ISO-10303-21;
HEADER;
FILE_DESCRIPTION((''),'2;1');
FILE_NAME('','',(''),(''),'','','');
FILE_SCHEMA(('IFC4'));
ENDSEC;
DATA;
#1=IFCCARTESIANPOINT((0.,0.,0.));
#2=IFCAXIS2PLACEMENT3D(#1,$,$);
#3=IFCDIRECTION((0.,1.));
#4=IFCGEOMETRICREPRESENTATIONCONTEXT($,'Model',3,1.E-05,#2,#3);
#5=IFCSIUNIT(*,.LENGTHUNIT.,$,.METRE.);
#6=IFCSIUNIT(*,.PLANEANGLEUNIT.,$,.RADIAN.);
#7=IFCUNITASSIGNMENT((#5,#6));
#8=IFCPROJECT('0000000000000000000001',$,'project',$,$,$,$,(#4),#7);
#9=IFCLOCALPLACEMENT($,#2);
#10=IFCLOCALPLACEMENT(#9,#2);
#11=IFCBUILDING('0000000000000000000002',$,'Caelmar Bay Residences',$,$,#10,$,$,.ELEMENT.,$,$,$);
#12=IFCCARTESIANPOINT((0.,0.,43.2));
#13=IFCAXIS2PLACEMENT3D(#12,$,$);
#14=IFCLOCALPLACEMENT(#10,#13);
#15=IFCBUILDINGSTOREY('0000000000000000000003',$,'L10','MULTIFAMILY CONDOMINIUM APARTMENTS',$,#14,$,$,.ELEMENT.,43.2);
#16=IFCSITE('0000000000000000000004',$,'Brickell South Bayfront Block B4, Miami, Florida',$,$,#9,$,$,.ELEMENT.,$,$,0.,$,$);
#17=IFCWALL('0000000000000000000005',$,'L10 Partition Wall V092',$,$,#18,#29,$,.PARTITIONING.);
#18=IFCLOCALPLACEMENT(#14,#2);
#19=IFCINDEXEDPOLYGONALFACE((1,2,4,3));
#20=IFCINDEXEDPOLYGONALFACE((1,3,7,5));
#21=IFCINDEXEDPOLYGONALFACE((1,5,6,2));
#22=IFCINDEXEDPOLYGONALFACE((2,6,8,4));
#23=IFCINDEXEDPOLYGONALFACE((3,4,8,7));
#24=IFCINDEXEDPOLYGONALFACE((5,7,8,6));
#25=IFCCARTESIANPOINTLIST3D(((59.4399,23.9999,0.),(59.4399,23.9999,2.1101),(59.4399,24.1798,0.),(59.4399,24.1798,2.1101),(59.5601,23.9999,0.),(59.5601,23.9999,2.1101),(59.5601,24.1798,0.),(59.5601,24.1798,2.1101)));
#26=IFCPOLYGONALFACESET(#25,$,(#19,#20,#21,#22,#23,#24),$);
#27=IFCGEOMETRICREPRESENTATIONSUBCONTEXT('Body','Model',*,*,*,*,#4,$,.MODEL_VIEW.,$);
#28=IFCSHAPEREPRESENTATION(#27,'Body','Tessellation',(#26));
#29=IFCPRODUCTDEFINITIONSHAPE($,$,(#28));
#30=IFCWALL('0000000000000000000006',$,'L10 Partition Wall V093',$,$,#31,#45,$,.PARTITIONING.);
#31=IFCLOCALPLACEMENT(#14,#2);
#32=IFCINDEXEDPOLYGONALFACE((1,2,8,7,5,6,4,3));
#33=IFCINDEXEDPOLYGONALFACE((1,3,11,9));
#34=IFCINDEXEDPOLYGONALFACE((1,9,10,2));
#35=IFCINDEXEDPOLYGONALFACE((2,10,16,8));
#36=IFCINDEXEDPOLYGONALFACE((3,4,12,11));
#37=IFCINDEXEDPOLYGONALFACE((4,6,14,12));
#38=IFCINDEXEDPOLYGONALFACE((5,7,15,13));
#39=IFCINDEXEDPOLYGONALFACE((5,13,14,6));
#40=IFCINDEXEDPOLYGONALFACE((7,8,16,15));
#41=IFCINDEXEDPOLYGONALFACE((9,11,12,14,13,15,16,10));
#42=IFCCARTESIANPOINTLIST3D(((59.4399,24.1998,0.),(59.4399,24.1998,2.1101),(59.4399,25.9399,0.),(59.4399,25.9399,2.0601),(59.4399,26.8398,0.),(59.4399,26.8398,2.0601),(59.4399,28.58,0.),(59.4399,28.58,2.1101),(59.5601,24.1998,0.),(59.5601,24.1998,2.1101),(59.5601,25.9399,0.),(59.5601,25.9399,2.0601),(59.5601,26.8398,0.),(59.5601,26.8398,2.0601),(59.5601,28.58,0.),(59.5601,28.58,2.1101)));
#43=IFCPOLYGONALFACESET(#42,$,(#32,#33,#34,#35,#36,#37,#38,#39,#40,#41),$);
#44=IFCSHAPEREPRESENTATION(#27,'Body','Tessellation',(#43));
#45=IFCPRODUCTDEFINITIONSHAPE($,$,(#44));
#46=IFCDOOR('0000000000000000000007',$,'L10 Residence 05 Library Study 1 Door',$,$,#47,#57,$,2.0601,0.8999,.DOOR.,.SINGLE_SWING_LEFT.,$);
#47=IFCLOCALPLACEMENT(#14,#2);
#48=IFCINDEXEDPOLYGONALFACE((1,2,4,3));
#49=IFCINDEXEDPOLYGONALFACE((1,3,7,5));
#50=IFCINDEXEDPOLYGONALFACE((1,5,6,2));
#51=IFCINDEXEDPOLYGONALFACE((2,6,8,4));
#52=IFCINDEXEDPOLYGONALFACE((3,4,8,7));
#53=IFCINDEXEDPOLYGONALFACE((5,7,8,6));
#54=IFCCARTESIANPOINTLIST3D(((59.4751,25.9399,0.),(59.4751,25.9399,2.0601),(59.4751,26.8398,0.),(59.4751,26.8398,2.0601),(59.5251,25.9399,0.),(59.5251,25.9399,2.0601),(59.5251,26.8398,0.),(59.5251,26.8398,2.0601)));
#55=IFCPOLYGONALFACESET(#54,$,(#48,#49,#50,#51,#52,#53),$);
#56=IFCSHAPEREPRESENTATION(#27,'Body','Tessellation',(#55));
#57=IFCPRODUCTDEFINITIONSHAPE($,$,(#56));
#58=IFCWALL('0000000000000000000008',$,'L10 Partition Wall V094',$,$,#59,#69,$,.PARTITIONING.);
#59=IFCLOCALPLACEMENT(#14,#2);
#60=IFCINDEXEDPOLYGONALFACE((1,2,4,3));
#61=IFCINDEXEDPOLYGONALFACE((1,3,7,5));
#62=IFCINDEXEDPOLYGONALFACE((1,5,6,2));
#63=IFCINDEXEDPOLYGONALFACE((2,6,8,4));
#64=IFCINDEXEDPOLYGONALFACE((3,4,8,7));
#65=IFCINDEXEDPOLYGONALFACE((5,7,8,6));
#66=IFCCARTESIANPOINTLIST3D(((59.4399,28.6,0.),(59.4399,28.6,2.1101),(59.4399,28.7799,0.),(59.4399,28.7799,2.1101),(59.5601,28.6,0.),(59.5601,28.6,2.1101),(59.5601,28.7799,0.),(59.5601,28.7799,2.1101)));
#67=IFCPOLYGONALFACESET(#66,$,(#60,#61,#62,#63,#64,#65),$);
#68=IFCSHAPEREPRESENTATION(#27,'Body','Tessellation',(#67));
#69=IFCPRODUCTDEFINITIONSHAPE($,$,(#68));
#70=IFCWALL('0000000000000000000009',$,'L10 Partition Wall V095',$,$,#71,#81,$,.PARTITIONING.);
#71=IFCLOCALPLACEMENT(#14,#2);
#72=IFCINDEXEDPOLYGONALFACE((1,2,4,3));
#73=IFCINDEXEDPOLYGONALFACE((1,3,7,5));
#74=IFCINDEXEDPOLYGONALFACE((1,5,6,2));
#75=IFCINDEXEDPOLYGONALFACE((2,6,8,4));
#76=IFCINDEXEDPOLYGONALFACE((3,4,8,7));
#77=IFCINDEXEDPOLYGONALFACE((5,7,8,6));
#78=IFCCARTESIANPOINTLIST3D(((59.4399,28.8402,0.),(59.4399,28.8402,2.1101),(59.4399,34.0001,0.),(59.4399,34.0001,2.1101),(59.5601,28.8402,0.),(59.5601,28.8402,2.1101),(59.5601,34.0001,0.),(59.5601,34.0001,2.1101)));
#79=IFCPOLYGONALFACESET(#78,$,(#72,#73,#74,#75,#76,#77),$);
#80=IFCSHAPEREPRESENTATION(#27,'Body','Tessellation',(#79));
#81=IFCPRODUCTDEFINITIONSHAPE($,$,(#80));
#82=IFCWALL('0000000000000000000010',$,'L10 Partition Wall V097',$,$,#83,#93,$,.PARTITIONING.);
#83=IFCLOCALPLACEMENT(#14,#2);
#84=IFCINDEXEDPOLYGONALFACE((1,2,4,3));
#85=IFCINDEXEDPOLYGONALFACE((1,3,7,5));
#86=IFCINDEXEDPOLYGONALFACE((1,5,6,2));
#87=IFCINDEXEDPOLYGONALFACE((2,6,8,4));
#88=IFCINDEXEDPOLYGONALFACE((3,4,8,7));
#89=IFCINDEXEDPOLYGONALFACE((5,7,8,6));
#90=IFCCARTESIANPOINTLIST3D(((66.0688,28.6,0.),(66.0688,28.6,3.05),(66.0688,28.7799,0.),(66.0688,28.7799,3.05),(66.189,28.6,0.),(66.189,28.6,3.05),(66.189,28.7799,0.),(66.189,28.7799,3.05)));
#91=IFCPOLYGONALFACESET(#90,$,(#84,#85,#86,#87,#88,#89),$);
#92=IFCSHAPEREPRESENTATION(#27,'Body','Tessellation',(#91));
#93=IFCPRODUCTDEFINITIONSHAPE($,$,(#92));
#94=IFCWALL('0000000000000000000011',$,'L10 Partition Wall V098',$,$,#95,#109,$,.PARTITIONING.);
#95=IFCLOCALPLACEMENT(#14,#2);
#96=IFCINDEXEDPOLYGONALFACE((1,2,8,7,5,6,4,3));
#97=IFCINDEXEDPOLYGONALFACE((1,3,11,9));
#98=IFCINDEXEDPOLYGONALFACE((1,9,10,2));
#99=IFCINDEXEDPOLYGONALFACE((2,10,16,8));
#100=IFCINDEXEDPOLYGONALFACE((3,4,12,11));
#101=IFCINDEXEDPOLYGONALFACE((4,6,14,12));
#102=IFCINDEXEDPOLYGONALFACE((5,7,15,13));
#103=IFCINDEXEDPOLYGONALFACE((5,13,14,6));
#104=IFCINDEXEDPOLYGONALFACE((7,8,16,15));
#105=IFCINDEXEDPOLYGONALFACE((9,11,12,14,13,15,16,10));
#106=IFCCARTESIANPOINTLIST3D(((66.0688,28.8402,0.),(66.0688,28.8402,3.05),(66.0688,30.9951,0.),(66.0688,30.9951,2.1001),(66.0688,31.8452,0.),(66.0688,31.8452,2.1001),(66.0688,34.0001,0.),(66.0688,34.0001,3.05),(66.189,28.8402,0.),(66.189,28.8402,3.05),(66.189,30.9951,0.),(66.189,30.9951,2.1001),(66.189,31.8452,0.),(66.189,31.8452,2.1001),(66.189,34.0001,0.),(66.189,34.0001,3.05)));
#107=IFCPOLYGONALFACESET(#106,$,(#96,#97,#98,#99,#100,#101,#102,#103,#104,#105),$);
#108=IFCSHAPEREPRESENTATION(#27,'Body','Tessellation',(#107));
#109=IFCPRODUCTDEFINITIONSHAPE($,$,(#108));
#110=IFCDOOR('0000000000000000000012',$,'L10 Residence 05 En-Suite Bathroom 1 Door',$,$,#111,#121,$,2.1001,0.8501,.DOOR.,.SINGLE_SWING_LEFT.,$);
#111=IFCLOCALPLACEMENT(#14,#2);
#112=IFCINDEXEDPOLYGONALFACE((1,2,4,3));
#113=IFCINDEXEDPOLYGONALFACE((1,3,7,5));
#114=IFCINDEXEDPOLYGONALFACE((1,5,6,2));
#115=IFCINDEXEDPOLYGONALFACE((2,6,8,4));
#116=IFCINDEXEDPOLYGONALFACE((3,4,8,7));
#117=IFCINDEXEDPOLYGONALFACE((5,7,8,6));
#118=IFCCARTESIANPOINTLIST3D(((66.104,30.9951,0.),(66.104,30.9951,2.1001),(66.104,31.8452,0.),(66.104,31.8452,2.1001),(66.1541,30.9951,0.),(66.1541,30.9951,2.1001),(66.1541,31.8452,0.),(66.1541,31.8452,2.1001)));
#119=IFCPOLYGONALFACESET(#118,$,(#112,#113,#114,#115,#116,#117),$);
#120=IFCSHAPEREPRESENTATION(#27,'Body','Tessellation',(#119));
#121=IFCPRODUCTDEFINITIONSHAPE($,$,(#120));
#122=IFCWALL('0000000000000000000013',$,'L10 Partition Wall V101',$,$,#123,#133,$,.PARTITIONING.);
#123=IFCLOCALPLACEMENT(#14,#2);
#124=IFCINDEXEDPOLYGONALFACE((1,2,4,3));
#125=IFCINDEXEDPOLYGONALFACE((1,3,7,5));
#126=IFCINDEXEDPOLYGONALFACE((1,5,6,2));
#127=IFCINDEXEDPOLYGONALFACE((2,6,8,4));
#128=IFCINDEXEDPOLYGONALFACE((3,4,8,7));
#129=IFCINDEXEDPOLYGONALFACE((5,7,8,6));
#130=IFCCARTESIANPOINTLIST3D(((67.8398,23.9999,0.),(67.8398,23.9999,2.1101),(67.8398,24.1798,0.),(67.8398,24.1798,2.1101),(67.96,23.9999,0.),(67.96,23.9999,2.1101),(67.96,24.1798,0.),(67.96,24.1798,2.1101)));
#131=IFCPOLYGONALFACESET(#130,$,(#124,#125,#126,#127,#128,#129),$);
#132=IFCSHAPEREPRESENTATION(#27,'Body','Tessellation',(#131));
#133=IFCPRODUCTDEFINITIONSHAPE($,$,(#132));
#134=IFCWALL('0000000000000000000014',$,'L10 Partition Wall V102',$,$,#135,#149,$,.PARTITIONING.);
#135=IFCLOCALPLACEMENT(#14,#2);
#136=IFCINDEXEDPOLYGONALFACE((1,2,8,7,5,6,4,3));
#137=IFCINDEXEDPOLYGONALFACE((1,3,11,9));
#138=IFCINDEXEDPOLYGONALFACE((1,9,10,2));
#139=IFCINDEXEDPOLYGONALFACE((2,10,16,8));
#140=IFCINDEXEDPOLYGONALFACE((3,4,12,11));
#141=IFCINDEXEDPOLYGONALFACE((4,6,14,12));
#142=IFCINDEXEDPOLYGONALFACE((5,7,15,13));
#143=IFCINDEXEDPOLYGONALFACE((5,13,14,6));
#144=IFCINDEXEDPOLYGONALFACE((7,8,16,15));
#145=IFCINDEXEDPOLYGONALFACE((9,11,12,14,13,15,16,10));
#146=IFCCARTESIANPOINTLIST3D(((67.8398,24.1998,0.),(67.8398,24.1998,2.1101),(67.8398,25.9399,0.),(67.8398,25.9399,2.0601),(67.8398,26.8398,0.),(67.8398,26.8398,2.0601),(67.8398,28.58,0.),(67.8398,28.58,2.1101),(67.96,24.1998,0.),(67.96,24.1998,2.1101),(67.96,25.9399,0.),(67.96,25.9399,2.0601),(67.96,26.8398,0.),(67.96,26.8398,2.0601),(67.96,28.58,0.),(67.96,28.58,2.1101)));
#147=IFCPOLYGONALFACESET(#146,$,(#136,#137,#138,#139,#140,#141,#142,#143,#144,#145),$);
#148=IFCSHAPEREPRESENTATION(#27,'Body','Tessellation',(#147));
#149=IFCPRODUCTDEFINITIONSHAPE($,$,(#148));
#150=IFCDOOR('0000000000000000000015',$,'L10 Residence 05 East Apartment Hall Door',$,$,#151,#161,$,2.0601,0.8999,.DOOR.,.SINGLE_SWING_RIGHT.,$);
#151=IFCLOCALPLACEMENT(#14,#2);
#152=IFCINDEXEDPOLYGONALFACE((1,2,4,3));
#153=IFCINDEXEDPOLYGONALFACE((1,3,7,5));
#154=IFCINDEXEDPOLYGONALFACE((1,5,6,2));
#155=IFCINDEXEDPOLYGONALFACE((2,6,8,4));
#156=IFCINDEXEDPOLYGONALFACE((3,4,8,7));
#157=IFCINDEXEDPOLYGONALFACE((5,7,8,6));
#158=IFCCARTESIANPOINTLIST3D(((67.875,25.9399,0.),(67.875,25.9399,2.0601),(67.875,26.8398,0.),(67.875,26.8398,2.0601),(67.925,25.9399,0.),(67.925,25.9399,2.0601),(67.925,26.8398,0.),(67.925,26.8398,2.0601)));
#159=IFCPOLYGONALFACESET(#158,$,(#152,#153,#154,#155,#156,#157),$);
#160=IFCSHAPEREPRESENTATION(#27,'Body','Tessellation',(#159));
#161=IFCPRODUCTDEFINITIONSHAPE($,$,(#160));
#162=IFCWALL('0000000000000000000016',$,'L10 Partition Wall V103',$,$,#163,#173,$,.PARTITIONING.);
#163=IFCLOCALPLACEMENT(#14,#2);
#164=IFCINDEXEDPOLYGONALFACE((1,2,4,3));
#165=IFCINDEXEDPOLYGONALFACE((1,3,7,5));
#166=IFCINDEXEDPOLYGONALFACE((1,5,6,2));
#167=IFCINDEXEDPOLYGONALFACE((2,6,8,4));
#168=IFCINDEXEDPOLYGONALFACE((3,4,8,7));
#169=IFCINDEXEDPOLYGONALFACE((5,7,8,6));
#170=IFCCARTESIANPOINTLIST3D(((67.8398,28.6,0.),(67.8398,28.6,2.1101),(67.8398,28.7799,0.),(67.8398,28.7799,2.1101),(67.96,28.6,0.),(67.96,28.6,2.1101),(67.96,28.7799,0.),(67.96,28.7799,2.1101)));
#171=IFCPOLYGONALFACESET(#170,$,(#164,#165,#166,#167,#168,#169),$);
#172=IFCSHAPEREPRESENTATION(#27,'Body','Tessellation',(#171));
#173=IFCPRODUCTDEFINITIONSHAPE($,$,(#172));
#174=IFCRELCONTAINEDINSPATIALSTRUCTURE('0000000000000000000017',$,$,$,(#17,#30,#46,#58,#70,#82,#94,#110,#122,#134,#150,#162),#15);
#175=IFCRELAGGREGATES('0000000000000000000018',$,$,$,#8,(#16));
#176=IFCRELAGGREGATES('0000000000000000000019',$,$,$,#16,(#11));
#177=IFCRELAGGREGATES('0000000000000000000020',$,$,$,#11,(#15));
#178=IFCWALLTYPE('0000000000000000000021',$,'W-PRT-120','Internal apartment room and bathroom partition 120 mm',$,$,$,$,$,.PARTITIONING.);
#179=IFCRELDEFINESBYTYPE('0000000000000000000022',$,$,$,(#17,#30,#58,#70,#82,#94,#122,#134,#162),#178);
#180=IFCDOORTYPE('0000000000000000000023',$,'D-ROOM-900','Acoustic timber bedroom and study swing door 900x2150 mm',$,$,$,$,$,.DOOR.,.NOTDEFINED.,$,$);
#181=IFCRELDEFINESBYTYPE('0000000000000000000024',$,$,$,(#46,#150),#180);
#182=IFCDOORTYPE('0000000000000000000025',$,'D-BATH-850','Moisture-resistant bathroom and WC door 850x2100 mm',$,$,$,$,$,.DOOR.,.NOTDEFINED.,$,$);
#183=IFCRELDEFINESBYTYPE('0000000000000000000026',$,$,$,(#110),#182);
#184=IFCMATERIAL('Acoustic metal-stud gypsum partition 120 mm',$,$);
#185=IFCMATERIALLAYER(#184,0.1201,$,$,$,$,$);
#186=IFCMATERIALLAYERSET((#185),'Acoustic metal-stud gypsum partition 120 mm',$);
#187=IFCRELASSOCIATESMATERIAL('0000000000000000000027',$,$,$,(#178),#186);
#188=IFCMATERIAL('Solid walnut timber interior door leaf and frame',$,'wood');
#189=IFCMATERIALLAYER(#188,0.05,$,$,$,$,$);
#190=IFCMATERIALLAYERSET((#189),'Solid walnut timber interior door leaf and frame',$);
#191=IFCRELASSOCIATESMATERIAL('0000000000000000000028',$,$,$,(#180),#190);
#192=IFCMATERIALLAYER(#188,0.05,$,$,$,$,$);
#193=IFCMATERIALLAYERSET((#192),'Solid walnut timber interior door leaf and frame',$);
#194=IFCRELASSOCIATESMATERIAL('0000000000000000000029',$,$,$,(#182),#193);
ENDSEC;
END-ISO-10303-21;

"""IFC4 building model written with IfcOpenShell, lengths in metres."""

from ifc_helpers import new_model, si_unit, direction, frame, frame_2d, origin, place, context, subcontext, project, spatial, rectangle, extrude, material, layer, layer_set, type_object, element, fill, save


model = new_model("IFC4")

# Units and contexts
model_context = context("Model", 3, precision=1e-05, world=origin(), true_north=direction((0.0, 1.0)))
body_context = subcontext(model_context, "Body", "Model", "MODEL_VIEW")
ifc_project = project(units=[si_unit("LENGTHUNIT", "METRE"), si_unit("PLANEANGLEUNIT", "RADIAN")], contexts=[model_context])

# Site, building, storey
site_placement = place(None, origin())
site = spatial("IfcSite", under=ifc_project, at=site_placement, Name="Brickell South Bayfront Block B4, Miami, Florida", CompositionType="ELEMENT", RefElevation=0.0)
building_placement = place(site_placement, origin())
building = spatial("IfcBuilding", under=site, at=building_placement, Name="Caelmar Bay Residences", CompositionType="ELEMENT")
storey_placement = place(building_placement, frame((0.0, 0.0, 43.2)))
storey = spatial("IfcBuildingStorey", under=building, at=storey_placement, Name="L10", Description="MULTIFAMILY CONDOMINIUM APARTMENTS", CompositionType="ELEMENT", Elevation=43.2)

# Wall
ifc_material_1 = material(Name="Acoustic metal-stud gypsum partition 120 mm")
ifc_layer_1 = layer(ifc_material_1, 0.1201)
ifc_layer_set_1 = layer_set([ifc_layer_1], Name="Acoustic metal-stud gypsum partition 120 mm")
wall_type = type_object("IfcWallType", Name="W-PRT-120", Description="Internal apartment room and bathroom partition 120 mm", PredefinedType="PARTITIONING", material=ifc_layer_set_1)
wall_1_placement = place(storey_placement, frame((59.5, 24.0, 0.0), z_axis=(0.0, 0.0, 1.0), x_axis=(0.0, 1.0, 0.0)))
element("IfcWall", 1, at=wall_1_placement, inside=storey, type_object=wall_type, Name="L10 Partition Wall V092", PredefinedType="PARTITIONING", context=body_context, shape_type="SweptSolid", body=[
    extrude(rectangle(XDim=0.1799, YDim=0.1201, at=frame_2d((0.0898, 0.0))), origin(), (0.0, 0.0, 1.0), 2.1101),
])

# Wall, opening, door
wall_2_placement = place(storey_placement, frame((59.5, 24.2, 0.0), z_axis=(0.0, 0.0, 1.0), x_axis=(0.0, 1.0, 0.0)))
wall_2 = element("IfcWall", 2, at=wall_2_placement, inside=storey, type_object=wall_type, Name="L10 Partition Wall V093", PredefinedType="PARTITIONING", context=body_context, shape_type="SweptSolid", body=[
    extrude(rectangle(XDim=4.3801, YDim=0.1201, at=frame_2d((2.1899, 0.0))), origin(), (0.0, 0.0, 1.0), 2.1101),
])
opening_1_placement = place(wall_2_placement, frame((1.74, 0.0, 0.0)))
opening_1 = element("IfcOpeningElement", 3, at=opening_1_placement, cuts=wall_2, PredefinedType="OPENING", context=body_context, shape_type="SweptSolid", body=[
    extrude(rectangle(XDim=0.8999, YDim=2.0601, at=frame_2d((0.45, 1.03))), frame((0.0, 0.0701, 0.0), z_axis=(0.0, -1.0, 0.0), x_axis=(1.0, 0.0, 0.0)), (0.0, 0.0, 1.0), 0.1401),
])
ifc_material_2 = material(Name="Solid walnut timber interior door leaf and frame", Category="wood")
ifc_layer_2 = layer(ifc_material_2, 0.05)
ifc_layer_set_2 = layer_set([ifc_layer_2], Name="Solid walnut timber interior door leaf and frame")
door_type_1 = type_object("IfcDoorType", Name="D-ROOM-900", Description="Acoustic timber bedroom and study swing door 900x2150 mm", OperationType="NOTDEFINED", PredefinedType="DOOR", material=ifc_layer_set_2)
door_1_placement = place(opening_1_placement, origin())
door_1 = element("IfcDoor", 4, at=door_1_placement, inside=storey, type_object=door_type_1, Name="L10 Residence 05 Library Study 1 Door", OperationType="SINGLE_SWING_LEFT", OverallHeight=2.0601, OverallWidth=0.8999, PredefinedType="DOOR", context=body_context, shape_type="SweptSolid", body=[
    extrude(rectangle(XDim=0.8999, YDim=2.0601, at=frame_2d((0.45, 1.03))), frame((0.0, 0.0249, 0.0), z_axis=(0.0, -1.0, 0.0), x_axis=(1.0, 0.0, 0.0)), (0.0, 0.0, 1.0), 0.05),
])
fill(opening_1, door_1)

# Walls
wall_3_placement = place(storey_placement, frame((59.5, 28.6001, 0.0), z_axis=(0.0, 0.0, 1.0), x_axis=(0.0, 1.0, 0.0)))
element("IfcWall", 5, at=wall_3_placement, inside=storey, type_object=wall_type, Name="L10 Partition Wall V094", PredefinedType="PARTITIONING", context=body_context, shape_type="SweptSolid", body=[
    extrude(rectangle(XDim=0.1799, YDim=0.1201, at=frame_2d((0.0898, 0.0))), origin(), (0.0, 0.0, 1.0), 2.1101),
])
wall_4_placement = place(storey_placement, frame((59.5, 28.8401, 0.0), z_axis=(0.0, 0.0, 1.0), x_axis=(0.0, 1.0, 0.0)))
element("IfcWall", 6, at=wall_4_placement, inside=storey, type_object=wall_type, Name="L10 Partition Wall V095", PredefinedType="PARTITIONING", context=body_context, shape_type="SweptSolid", body=[
    extrude(rectangle(XDim=5.1599, YDim=0.1201, at=frame_2d((2.5801, 0.0))), origin(), (0.0, 0.0, 1.0), 2.1101),
])
wall_5_placement = place(storey_placement, frame((66.1289, 28.6001, 0.0), z_axis=(0.0, 0.0, 1.0), x_axis=(0.0, 1.0, 0.0)))
element("IfcWall", 7, at=wall_5_placement, inside=storey, type_object=wall_type, Name="L10 Partition Wall V097", PredefinedType="PARTITIONING", context=body_context, shape_type="SweptSolid", body=[
    extrude(rectangle(XDim=0.1799, YDim=0.1201, at=frame_2d((0.0898, 0.0))), origin(), (0.0, 0.0, 1.0), 3.05),
])

# Wall, opening, door
wall_6_placement = place(storey_placement, frame((66.1289, 28.8401, 0.0), z_axis=(0.0, 0.0, 1.0), x_axis=(0.0, 1.0, 0.0)))
wall_6 = element("IfcWall", 8, at=wall_6_placement, inside=storey, type_object=wall_type, Name="L10 Partition Wall V098", PredefinedType="PARTITIONING", context=body_context, shape_type="SweptSolid", body=[
    extrude(rectangle(XDim=5.1599, YDim=0.1201, at=frame_2d((2.5801, 0.0))), origin(), (0.0, 0.0, 1.0), 3.05),
])
opening_2_placement = place(wall_6_placement, frame((2.155, 0.0, 0.0)))
opening_2 = element("IfcOpeningElement", 9, at=opening_2_placement, cuts=wall_6, PredefinedType="OPENING", context=body_context, shape_type="SweptSolid", body=[
    extrude(rectangle(XDim=0.8501, YDim=2.1001, at=frame_2d((0.425, 1.05))), frame((0.0, 0.0701, 0.0), z_axis=(0.0, -1.0, 0.0), x_axis=(1.0, 0.0, 0.0)), (0.0, 0.0, 1.0), 0.1401),
])
ifc_layer_3 = layer(ifc_material_2, 0.05)
ifc_layer_set_3 = layer_set([ifc_layer_3], Name="Solid walnut timber interior door leaf and frame")
door_type_2 = type_object("IfcDoorType", Name="D-BATH-850", Description="Moisture-resistant bathroom and WC door 850x2100 mm", OperationType="NOTDEFINED", PredefinedType="DOOR", material=ifc_layer_set_3)
door_2_placement = place(opening_2_placement, origin())
door_2 = element("IfcDoor", 10, at=door_2_placement, inside=storey, type_object=door_type_2, Name="L10 Residence 05 En-Suite Bathroom 1 Door", OperationType="SINGLE_SWING_LEFT", OverallHeight=2.1001, OverallWidth=0.8501, PredefinedType="DOOR", context=body_context, shape_type="SweptSolid", body=[
    extrude(rectangle(XDim=0.8501, YDim=2.1001, at=frame_2d((0.425, 1.05))), frame((0.0, 0.0249, 0.0), z_axis=(0.0, -1.0, 0.0), x_axis=(1.0, 0.0, 0.0)), (0.0, 0.0, 1.0), 0.05),
])
fill(opening_2, door_2)

# Wall
wall_7_placement = place(storey_placement, frame((67.8999, 24.0, 0.0), z_axis=(0.0, 0.0, 1.0), x_axis=(0.0, 1.0, 0.0)))
element("IfcWall", 11, at=wall_7_placement, inside=storey, type_object=wall_type, Name="L10 Partition Wall V101", PredefinedType="PARTITIONING", context=body_context, shape_type="SweptSolid", body=[
    extrude(rectangle(XDim=0.1799, YDim=0.1201, at=frame_2d((0.0898, 0.0))), origin(), (0.0, 0.0, 1.0), 2.1101),
])

# Wall, opening, door
wall_8_placement = place(storey_placement, frame((67.8999, 24.2, 0.0), z_axis=(0.0, 0.0, 1.0), x_axis=(0.0, 1.0, 0.0)))
wall_8 = element("IfcWall", 12, at=wall_8_placement, inside=storey, type_object=wall_type, Name="L10 Partition Wall V102", PredefinedType="PARTITIONING", context=body_context, shape_type="SweptSolid", body=[
    extrude(rectangle(XDim=4.3801, YDim=0.1201, at=frame_2d((2.1899, 0.0))), origin(), (0.0, 0.0, 1.0), 2.1101),
])
opening_3_placement = place(wall_8_placement, frame((1.74, 0.0, 0.0)))
opening_3 = element("IfcOpeningElement", 13, at=opening_3_placement, cuts=wall_8, PredefinedType="OPENING", context=body_context, shape_type="SweptSolid", body=[
    extrude(rectangle(XDim=0.8999, YDim=2.0601, at=frame_2d((0.45, 1.03))), frame((0.0, 0.0701, 0.0), z_axis=(0.0, -1.0, 0.0), x_axis=(1.0, 0.0, 0.0)), (0.0, 0.0, 1.0), 0.1401),
])
door_3_placement = place(opening_3_placement, origin())
door_3 = element("IfcDoor", 14, at=door_3_placement, inside=storey, type_object=door_type_1, Name="L10 Residence 05 East Apartment Hall Door", OperationType="SINGLE_SWING_RIGHT", OverallHeight=2.0601, OverallWidth=0.8999, PredefinedType="DOOR", context=body_context, shape_type="SweptSolid", body=[
    extrude(rectangle(XDim=0.8999, YDim=2.0601, at=frame_2d((0.45, 1.03))), frame((0.0, 0.0249, 0.0), z_axis=(0.0, -1.0, 0.0), x_axis=(1.0, 0.0, 0.0)), (0.0, 0.0, 1.0), 0.05),
])
fill(opening_3, door_3)

# Wall
wall_9_placement = place(storey_placement, frame((67.8999, 28.6001, 0.0), z_axis=(0.0, 0.0, 1.0), x_axis=(0.0, 1.0, 0.0)))
element("IfcWall", 15, at=wall_9_placement, inside=storey, type_object=wall_type, Name="L10 Partition Wall V103", PredefinedType="PARTITIONING", context=body_context, shape_type="SweptSolid", body=[
    extrude(rectangle(XDim=0.1799, YDim=0.1201, at=frame_2d((0.0898, 0.0))), origin(), (0.0, 0.0, 1.0), 2.1101),
])

save(model, "model.ifc")
